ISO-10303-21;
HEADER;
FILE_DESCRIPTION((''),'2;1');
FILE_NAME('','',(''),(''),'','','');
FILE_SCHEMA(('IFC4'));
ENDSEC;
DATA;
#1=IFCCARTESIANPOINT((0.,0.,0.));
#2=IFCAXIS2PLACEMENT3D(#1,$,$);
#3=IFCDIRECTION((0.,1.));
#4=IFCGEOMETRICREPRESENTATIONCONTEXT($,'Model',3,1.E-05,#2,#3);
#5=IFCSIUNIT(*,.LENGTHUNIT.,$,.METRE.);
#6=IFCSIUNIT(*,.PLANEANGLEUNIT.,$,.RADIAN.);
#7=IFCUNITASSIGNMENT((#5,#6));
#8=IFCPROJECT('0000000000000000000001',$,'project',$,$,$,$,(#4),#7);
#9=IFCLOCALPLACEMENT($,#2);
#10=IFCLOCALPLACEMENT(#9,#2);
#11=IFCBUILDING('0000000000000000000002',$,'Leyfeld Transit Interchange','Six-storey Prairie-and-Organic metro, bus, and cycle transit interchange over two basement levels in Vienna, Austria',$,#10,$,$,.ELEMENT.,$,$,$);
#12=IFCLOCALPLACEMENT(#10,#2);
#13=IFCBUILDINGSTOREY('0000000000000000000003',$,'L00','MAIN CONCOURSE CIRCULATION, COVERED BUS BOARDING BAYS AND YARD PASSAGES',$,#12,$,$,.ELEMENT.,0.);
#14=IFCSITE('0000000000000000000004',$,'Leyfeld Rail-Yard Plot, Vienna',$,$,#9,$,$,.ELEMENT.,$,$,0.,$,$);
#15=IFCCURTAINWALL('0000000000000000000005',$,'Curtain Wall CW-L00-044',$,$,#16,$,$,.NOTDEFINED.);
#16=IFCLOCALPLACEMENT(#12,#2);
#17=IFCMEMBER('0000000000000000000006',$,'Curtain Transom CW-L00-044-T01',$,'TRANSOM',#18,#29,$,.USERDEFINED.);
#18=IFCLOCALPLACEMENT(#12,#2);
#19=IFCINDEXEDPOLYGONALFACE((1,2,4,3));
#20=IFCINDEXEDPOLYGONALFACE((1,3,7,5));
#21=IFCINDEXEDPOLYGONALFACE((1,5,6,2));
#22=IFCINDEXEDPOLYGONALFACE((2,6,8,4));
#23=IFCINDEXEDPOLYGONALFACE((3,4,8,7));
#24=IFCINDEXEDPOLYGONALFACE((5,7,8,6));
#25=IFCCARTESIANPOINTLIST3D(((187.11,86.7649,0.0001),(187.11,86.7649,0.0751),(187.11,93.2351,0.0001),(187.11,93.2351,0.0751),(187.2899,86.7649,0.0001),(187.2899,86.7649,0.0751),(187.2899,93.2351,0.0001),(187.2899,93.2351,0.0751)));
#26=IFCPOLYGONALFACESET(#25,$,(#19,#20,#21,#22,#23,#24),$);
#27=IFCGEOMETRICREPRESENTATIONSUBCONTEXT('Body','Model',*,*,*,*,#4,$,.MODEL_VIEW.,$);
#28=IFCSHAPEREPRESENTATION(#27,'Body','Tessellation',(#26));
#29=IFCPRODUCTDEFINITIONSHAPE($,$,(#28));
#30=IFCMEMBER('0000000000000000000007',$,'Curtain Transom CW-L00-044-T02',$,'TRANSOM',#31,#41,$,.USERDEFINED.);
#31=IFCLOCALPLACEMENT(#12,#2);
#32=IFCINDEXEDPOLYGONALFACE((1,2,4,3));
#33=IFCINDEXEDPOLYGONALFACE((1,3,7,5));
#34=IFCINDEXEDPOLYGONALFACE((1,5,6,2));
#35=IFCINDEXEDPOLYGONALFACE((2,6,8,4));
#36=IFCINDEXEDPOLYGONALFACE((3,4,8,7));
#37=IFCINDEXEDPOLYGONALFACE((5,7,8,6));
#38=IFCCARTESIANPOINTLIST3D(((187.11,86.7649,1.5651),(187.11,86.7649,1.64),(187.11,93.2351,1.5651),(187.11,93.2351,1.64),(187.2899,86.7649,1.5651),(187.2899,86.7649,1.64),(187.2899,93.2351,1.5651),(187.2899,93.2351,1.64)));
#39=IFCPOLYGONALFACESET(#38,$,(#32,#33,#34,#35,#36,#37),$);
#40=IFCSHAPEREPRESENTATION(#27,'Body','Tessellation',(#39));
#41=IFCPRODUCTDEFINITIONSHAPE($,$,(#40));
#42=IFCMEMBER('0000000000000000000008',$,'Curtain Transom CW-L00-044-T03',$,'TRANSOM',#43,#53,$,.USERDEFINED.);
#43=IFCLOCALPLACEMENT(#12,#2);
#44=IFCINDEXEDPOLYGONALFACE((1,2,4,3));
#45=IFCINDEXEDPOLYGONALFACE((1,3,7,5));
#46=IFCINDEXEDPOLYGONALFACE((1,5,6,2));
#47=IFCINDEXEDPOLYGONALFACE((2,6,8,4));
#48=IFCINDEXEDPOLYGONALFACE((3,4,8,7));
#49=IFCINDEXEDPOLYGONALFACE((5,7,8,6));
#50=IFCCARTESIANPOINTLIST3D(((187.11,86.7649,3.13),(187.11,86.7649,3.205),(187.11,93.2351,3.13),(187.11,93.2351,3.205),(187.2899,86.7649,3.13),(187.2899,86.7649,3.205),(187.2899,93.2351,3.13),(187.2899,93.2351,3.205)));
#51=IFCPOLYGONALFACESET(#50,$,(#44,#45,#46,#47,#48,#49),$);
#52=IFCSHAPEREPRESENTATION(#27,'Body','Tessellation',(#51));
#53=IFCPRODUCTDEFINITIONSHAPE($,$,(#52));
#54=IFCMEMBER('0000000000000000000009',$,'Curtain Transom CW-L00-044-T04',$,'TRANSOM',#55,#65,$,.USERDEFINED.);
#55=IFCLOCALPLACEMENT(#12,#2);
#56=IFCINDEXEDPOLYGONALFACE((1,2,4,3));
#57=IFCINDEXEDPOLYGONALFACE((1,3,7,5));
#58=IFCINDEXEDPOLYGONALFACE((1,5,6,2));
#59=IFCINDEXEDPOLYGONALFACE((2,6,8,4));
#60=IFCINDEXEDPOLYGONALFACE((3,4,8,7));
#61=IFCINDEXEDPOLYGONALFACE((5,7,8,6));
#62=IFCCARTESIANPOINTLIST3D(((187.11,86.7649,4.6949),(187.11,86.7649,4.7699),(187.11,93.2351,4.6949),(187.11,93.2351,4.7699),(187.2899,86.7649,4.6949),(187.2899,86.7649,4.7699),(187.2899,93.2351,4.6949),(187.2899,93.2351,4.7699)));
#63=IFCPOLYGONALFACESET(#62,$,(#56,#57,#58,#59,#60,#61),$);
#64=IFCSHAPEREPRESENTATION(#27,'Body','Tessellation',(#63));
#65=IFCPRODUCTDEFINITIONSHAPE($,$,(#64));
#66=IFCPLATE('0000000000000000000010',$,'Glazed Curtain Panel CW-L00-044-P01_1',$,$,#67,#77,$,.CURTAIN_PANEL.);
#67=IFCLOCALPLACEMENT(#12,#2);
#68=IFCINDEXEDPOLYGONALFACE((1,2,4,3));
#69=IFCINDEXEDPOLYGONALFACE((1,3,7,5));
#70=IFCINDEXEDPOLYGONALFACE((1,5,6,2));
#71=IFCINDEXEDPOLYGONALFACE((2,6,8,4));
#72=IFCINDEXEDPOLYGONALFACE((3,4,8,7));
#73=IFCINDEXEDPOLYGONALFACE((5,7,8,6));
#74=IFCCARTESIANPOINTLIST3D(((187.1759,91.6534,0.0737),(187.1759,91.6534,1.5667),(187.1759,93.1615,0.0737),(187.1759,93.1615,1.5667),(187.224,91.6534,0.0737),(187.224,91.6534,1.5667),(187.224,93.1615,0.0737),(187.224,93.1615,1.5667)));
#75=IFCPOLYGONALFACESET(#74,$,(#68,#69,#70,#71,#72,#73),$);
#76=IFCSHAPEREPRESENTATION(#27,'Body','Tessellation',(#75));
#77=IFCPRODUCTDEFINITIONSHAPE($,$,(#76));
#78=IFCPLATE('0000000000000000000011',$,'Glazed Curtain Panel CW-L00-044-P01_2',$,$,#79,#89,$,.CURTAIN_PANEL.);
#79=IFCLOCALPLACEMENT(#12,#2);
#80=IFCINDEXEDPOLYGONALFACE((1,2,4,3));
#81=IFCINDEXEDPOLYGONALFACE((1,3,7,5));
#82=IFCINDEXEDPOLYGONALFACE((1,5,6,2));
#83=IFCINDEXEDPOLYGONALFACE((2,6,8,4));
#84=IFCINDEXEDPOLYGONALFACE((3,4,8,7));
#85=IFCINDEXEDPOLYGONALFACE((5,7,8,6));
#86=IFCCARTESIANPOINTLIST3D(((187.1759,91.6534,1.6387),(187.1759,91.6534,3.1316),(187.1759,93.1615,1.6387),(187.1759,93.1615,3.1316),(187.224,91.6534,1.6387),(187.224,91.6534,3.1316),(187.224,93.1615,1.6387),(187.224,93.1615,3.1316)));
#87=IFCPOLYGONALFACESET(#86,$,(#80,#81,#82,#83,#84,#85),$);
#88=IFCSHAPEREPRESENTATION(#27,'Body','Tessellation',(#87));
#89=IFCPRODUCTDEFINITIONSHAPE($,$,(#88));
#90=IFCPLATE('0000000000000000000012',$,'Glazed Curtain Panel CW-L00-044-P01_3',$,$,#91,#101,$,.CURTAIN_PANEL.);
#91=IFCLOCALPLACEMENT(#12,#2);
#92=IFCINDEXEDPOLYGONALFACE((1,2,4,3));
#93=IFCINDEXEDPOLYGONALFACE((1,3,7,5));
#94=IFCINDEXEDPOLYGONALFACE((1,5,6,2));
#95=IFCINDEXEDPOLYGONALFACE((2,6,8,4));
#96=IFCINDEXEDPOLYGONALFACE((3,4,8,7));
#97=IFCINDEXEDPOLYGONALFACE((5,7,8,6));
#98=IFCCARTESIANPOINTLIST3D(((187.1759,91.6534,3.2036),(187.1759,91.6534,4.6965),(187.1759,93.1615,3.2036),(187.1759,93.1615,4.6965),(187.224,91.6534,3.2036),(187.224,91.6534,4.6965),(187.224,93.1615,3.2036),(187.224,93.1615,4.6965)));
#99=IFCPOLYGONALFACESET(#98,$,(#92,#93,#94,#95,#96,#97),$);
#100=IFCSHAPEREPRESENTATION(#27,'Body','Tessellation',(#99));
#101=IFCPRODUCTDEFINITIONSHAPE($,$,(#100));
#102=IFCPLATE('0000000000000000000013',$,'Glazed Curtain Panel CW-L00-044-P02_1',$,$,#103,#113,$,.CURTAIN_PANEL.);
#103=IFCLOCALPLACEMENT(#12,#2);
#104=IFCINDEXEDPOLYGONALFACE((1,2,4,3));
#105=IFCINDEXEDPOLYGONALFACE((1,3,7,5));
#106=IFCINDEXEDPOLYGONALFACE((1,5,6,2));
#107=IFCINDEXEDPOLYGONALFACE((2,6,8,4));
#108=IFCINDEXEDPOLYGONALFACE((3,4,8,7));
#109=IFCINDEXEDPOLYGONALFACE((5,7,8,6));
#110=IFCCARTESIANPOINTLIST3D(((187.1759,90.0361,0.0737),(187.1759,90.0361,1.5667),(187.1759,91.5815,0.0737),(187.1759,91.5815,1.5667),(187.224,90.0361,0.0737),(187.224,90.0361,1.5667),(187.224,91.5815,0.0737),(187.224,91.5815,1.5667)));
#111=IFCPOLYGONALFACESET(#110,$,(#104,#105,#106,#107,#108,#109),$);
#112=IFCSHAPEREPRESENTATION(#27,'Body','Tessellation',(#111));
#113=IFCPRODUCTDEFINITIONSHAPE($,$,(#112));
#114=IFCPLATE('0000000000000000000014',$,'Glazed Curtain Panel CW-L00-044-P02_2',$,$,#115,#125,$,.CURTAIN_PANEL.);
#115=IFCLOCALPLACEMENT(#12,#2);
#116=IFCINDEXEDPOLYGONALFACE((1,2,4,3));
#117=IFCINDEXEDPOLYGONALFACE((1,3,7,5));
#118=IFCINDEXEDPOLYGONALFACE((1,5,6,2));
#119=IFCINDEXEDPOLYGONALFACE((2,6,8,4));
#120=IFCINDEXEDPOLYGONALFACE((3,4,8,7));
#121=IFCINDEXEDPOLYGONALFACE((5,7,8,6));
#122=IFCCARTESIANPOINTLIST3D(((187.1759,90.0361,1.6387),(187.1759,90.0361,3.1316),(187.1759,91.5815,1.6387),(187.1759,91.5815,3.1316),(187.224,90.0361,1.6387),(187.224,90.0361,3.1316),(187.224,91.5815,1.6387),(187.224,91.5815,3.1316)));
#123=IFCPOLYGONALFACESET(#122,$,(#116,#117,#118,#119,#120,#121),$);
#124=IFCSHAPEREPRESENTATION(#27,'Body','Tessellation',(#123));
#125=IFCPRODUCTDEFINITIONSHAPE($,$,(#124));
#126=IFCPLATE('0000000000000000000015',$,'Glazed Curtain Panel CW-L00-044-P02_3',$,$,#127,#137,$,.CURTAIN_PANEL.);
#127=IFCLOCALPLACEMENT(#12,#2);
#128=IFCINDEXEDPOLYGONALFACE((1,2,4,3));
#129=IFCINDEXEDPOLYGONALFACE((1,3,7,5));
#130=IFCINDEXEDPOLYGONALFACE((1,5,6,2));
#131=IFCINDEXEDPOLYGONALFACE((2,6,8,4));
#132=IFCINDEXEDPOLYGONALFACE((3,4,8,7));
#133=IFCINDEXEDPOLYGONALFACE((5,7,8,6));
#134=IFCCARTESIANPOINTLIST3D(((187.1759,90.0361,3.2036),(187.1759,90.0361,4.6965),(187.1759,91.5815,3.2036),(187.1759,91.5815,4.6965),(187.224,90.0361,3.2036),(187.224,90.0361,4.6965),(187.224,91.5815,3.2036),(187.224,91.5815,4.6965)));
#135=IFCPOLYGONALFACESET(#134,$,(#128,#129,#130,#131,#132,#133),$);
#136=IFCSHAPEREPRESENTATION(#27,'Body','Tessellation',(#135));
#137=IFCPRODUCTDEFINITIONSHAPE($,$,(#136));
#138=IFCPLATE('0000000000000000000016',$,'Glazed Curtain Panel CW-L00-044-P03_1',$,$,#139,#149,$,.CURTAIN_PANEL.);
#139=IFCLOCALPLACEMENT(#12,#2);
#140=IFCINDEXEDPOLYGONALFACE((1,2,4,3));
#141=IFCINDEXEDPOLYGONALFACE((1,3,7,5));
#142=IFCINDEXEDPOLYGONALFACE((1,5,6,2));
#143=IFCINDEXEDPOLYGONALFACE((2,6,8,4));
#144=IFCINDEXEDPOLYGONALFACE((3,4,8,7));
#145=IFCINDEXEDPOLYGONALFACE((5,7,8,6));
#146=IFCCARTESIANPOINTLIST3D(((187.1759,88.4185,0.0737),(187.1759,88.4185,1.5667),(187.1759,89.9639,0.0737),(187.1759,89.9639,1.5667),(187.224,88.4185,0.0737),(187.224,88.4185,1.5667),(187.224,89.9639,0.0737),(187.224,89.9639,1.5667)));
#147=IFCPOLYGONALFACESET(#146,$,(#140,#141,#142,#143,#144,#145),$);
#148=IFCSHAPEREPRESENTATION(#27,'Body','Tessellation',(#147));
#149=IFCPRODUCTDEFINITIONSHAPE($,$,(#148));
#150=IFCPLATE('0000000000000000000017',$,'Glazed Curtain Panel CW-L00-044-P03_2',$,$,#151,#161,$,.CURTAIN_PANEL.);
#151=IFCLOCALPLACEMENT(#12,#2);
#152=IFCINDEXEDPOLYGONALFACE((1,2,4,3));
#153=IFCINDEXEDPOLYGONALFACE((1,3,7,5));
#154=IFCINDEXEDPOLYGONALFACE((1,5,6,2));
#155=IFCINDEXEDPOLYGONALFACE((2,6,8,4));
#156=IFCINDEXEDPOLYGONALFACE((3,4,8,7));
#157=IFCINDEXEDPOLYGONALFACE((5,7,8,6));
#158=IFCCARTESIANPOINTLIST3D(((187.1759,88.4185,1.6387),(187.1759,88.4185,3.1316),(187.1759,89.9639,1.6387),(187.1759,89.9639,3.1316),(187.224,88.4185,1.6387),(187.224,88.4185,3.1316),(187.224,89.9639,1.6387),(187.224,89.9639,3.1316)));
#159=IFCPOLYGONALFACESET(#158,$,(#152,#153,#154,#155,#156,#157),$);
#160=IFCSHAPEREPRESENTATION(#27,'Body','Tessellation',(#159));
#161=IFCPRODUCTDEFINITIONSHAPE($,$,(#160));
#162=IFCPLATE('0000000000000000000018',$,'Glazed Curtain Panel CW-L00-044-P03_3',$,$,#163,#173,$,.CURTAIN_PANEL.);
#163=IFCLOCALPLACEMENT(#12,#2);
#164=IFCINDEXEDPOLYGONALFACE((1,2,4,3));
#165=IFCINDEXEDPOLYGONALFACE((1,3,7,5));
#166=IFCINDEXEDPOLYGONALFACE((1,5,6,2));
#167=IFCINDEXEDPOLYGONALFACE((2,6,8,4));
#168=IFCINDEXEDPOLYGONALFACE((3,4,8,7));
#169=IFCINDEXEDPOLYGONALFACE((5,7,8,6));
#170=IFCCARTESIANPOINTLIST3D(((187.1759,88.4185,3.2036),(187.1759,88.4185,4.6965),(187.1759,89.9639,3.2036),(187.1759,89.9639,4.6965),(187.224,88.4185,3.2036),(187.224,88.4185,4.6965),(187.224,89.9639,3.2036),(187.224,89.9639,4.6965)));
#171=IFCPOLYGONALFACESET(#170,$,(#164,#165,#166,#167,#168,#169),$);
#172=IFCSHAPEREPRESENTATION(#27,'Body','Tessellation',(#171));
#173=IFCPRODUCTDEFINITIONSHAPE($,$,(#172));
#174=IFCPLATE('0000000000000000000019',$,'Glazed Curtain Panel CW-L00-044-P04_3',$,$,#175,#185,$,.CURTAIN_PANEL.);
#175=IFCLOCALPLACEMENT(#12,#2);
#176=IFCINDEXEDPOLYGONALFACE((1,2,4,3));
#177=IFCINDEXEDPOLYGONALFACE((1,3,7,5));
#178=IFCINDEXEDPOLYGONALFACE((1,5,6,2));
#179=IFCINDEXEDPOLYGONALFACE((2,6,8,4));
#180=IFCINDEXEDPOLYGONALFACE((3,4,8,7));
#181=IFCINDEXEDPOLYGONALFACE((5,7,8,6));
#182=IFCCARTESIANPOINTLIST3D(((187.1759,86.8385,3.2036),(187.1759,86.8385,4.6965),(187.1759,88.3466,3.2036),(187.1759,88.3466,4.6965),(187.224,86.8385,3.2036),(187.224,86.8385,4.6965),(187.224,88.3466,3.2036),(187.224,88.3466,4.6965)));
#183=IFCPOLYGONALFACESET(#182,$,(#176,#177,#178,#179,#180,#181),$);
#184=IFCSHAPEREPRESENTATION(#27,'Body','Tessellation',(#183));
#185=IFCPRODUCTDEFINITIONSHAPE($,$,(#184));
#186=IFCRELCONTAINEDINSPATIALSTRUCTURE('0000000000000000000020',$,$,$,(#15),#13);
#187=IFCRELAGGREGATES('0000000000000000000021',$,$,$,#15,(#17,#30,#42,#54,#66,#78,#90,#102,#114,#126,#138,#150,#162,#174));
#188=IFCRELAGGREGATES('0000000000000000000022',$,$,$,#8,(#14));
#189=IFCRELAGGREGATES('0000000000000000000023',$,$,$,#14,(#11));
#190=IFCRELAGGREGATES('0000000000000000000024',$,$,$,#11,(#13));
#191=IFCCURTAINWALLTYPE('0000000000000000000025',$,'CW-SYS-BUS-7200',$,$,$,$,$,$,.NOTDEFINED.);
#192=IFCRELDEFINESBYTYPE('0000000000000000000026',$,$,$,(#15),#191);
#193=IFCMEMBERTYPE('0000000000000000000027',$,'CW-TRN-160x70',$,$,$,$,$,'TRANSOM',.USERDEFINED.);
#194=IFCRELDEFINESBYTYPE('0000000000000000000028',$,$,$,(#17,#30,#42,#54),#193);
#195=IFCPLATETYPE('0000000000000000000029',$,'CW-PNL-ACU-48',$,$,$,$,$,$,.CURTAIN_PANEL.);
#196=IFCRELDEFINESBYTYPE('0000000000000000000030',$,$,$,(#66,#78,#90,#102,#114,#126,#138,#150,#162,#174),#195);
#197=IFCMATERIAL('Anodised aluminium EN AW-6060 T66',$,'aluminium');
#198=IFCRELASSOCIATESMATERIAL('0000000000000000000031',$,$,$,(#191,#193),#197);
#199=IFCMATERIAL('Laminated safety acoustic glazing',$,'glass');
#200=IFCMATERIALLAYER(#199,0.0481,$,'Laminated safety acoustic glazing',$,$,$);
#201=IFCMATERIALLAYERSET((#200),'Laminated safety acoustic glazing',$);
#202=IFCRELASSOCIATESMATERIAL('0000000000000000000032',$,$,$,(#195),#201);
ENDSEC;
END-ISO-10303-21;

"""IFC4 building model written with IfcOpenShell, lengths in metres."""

from ifc_helpers import new_model, si_unit, direction, frame, origin, origin_2d, place, context, subcontext, project, spatial, rectangle, extrude, material, layer, layer_set, material_profile, profile_set, type_object, element, aggregate, save


model = new_model("IFC4")

# Units and contexts
model_context = context("Model", 3, precision=1e-05, world=origin(), true_north=direction((0.0, 1.0)))
body_context = subcontext(model_context, "Body", "Model", "MODEL_VIEW")
ifc_project = project(units=[si_unit("LENGTHUNIT", "METRE"), si_unit("PLANEANGLEUNIT", "RADIAN")], contexts=[model_context])

# Site, building, storey
site_placement = place(None, origin())
site = spatial("IfcSite", under=ifc_project, at=site_placement, Name="Leyfeld Rail-Yard Plot, Vienna", CompositionType="ELEMENT", RefElevation=0.0)
building_placement = place(site_placement, origin())
building = spatial("IfcBuilding", under=site, at=building_placement, Name="Leyfeld Transit Interchange", Description="Six-storey Prairie-and-Organic metro, bus, and cycle transit interchange over two basement levels in Vienna, Austria", CompositionType="ELEMENT")
storey_placement = place(building_placement, origin())
storey = spatial("IfcBuildingStorey", under=building, at=storey_placement, Name="L00", Description="MAIN CONCOURSE CIRCULATION, COVERED BUS BOARDING BAYS AND YARD PASSAGES", CompositionType="ELEMENT", Elevation=0.0)

# Curtain wall, members, plates
ifc_material_1 = material(Name="Anodised aluminium EN AW-6060 T66", Category="aluminium")
curtain_wall_type = type_object("IfcCurtainWallType", Name="CW-SYS-BUS-7200", PredefinedType="NOTDEFINED", material=ifc_material_1)
curtain_wall_placement = place(storey_placement, origin())
curtain_wall = element("IfcCurtainWall", 1, at=curtain_wall_placement, inside=storey, type_object=curtain_wall_type, Name="Curtain Wall CW-L00-044", PredefinedType="NOTDEFINED")
ifc_material_profile_1 = material_profile(ifc_material_1, rectangle(XDim=0.1799, YDim=0.075, at=origin_2d()), Name="CW-TRN-160x70")
ifc_profile_set_1 = profile_set([ifc_material_profile_1], Name="Anodised aluminium EN AW-6060 T66")
member_type_1 = type_object("IfcMemberType", Name="CW-TRN-160x70", ElementType="TRANSOM", PredefinedType="USERDEFINED", material=ifc_profile_set_1)
member_1_placement = place(storey_placement, frame((187.2, 93.2351, 0.0376), z_axis=(0.0, -1.0, 0.0), x_axis=(1.0, 0.0, 0.0)))
member_1 = element("IfcMember", 2, at=member_1_placement, type_object=member_type_1, Name="Curtain Transom CW-L00-044-T01", ObjectType="TRANSOM", PredefinedType="USERDEFINED", context=body_context, shape_type="SweptSolid", body=[
    extrude(rectangle(XDim=0.1799, YDim=0.075, at=origin_2d()), origin(), (0.0, 0.0, 1.0), 6.4702),
])
member_2_placement = place(storey_placement, frame((187.2, 93.2351, 1.6025), z_axis=(0.0, -1.0, 0.0), x_axis=(1.0, 0.0, 0.0)))
member_2 = element("IfcMember", 3, at=member_2_placement, type_object=member_type_1, Name="Curtain Transom CW-L00-044-T02", ObjectType="TRANSOM", PredefinedType="USERDEFINED", context=body_context, shape_type="SweptSolid", body=[
    extrude(rectangle(XDim=0.1799, YDim=0.075, at=origin_2d()), origin(), (0.0, 0.0, 1.0), 6.4702),
])
member_3_placement = place(storey_placement, frame((187.2, 93.2351, 3.1675), z_axis=(0.0, -1.0, 0.0), x_axis=(1.0, 0.0, 0.0)))
member_3 = element("IfcMember", 4, at=member_3_placement, type_object=member_type_1, Name="Curtain Transom CW-L00-044-T03", ObjectType="TRANSOM", PredefinedType="USERDEFINED", context=body_context, shape_type="SweptSolid", body=[
    extrude(rectangle(XDim=0.1799, YDim=0.075, at=origin_2d()), origin(), (0.0, 0.0, 1.0), 6.4702),
])
member_4_placement = place(storey_placement, frame((187.2, 93.2351, 4.7324), z_axis=(0.0, -1.0, 0.0), x_axis=(1.0, 0.0, 0.0)))
member_4 = element("IfcMember", 5, at=member_4_placement, type_object=member_type_1, Name="Curtain Transom CW-L00-044-T04", ObjectType="TRANSOM", PredefinedType="USERDEFINED", context=body_context, shape_type="SweptSolid", body=[
    extrude(rectangle(XDim=0.1799, YDim=0.075, at=origin_2d()), origin(), (0.0, 0.0, 1.0), 6.4702),
])
ifc_material_2 = material(Name="Laminated safety acoustic glazing", Category="glass")
ifc_layer = layer(ifc_material_2, 0.0481, Name="Laminated safety acoustic glazing")
ifc_layer_set = layer_set([ifc_layer], Name="Laminated safety acoustic glazing")
plate_type = type_object("IfcPlateType", Name="CW-PNL-ACU-48", PredefinedType="CURTAIN_PANEL", material=ifc_layer_set)
plate_1_placement = place(storey_placement, frame((187.2, 92.4075, 0.0737), z_axis=(0.0, 0.0, 1.0), x_axis=(0.0, -1.0, 0.0)))
plate_1 = element("IfcPlate", 6, at=plate_1_placement, type_object=plate_type, Name="Glazed Curtain Panel CW-L00-044-P01_1", PredefinedType="CURTAIN_PANEL", context=body_context, shape_type="SweptSolid", body=[
    extrude(rectangle(XDim=1.5081, YDim=0.0481, at=origin_2d()), origin(), (0.0, 0.0, 1.0), 1.4929),
])
plate_2_placement = place(storey_placement, frame((187.2, 92.4075, 1.6387), z_axis=(0.0, 0.0, 1.0), x_axis=(0.0, -1.0, 0.0)))
plate_2 = element("IfcPlate", 7, at=plate_2_placement, type_object=plate_type, Name="Glazed Curtain Panel CW-L00-044-P01_2", PredefinedType="CURTAIN_PANEL", context=body_context, shape_type="SweptSolid", body=[
    extrude(rectangle(XDim=1.5081, YDim=0.0481, at=origin_2d()), origin(), (0.0, 0.0, 1.0), 1.4929),
])
plate_3_placement = place(storey_placement, frame((187.2, 92.4075, 3.2036), z_axis=(0.0, 0.0, 1.0), x_axis=(0.0, -1.0, 0.0)))
plate_3 = element("IfcPlate", 8, at=plate_3_placement, type_object=plate_type, Name="Glazed Curtain Panel CW-L00-044-P01_3", PredefinedType="CURTAIN_PANEL", context=body_context, shape_type="SweptSolid", body=[
    extrude(rectangle(XDim=1.5081, YDim=0.0481, at=origin_2d()), origin(), (0.0, 0.0, 1.0), 1.4929),
])
plate_4_placement = place(storey_placement, frame((187.2, 90.8088, 0.0737), z_axis=(0.0, 0.0, 1.0), x_axis=(0.0, -1.0, 0.0)))
plate_4 = element("IfcPlate", 9, at=plate_4_placement, type_object=plate_type, Name="Glazed Curtain Panel CW-L00-044-P02_1", PredefinedType="CURTAIN_PANEL", context=body_context, shape_type="SweptSolid", body=[
    extrude(rectangle(XDim=1.5454, YDim=0.0481, at=origin_2d()), origin(), (0.0, 0.0, 1.0), 1.4929),
])
plate_5_placement = place(storey_placement, frame((187.2, 90.8088, 1.6387), z_axis=(0.0, 0.0, 1.0), x_axis=(0.0, -1.0, 0.0)))
plate_5 = element("IfcPlate", 10, at=plate_5_placement, type_object=plate_type, Name="Glazed Curtain Panel CW-L00-044-P02_2", PredefinedType="CURTAIN_PANEL", context=body_context, shape_type="SweptSolid", body=[
    extrude(rectangle(XDim=1.5454, YDim=0.0481, at=origin_2d()), origin(), (0.0, 0.0, 1.0), 1.4929),
])
plate_6_placement = place(storey_placement, frame((187.2, 90.8088, 3.2036), z_axis=(0.0, 0.0, 1.0), x_axis=(0.0, -1.0, 0.0)))
plate_6 = element("IfcPlate", 11, at=plate_6_placement, type_object=plate_type, Name="Glazed Curtain Panel CW-L00-044-P02_3", PredefinedType="CURTAIN_PANEL", context=body_context, shape_type="SweptSolid", body=[
    extrude(rectangle(XDim=1.5454, YDim=0.0481, at=origin_2d()), origin(), (0.0, 0.0, 1.0), 1.4929),
])
plate_7_placement = place(storey_placement, frame((187.2, 89.1912, 0.0737), z_axis=(0.0, 0.0, 1.0), x_axis=(0.0, -1.0, 0.0)))
plate_7 = element("IfcPlate", 12, at=plate_7_placement, type_object=plate_type, Name="Glazed Curtain Panel CW-L00-044-P03_1", PredefinedType="CURTAIN_PANEL", context=body_context, shape_type="SweptSolid", body=[
    extrude(rectangle(XDim=1.5454, YDim=0.0481, at=origin_2d()), origin(), (0.0, 0.0, 1.0), 1.4929),
])
plate_8_placement = place(storey_placement, frame((187.2, 89.1912, 1.6387), z_axis=(0.0, 0.0, 1.0), x_axis=(0.0, -1.0, 0.0)))
plate_8 = element("IfcPlate", 13, at=plate_8_placement, type_object=plate_type, Name="Glazed Curtain Panel CW-L00-044-P03_2", PredefinedType="CURTAIN_PANEL", context=body_context, shape_type="SweptSolid", body=[
    extrude(rectangle(XDim=1.5454, YDim=0.0481, at=origin_2d()), origin(), (0.0, 0.0, 1.0), 1.4929),
])
plate_9_placement = place(storey_placement, frame((187.2, 89.1912, 3.2036), z_axis=(0.0, 0.0, 1.0), x_axis=(0.0, -1.0, 0.0)))
plate_9 = element("IfcPlate", 14, at=plate_9_placement, type_object=plate_type, Name="Glazed Curtain Panel CW-L00-044-P03_3", PredefinedType="CURTAIN_PANEL", context=body_context, shape_type="SweptSolid", body=[
    extrude(rectangle(XDim=1.5454, YDim=0.0481, at=origin_2d()), origin(), (0.0, 0.0, 1.0), 1.4929),
])
plate_10_placement = place(storey_placement, frame((187.2, 87.5925, 3.2036), z_axis=(0.0, 0.0, 1.0), x_axis=(0.0, -1.0, 0.0)))
plate_10 = element("IfcPlate", 15, at=plate_10_placement, type_object=plate_type, Name="Glazed Curtain Panel CW-L00-044-P04_3", PredefinedType="CURTAIN_PANEL", context=body_context, shape_type="SweptSolid", body=[
    extrude(rectangle(XDim=1.5081, YDim=0.0481, at=origin_2d()), origin(), (0.0, 0.0, 1.0), 1.4929),
])
aggregate(curtain_wall, [member_1, member_2, member_3, member_4, plate_1, plate_2, plate_3, plate_4, plate_5, plate_6, plate_7, plate_8, plate_9, plate_10])

save(model, "model.ifc")
